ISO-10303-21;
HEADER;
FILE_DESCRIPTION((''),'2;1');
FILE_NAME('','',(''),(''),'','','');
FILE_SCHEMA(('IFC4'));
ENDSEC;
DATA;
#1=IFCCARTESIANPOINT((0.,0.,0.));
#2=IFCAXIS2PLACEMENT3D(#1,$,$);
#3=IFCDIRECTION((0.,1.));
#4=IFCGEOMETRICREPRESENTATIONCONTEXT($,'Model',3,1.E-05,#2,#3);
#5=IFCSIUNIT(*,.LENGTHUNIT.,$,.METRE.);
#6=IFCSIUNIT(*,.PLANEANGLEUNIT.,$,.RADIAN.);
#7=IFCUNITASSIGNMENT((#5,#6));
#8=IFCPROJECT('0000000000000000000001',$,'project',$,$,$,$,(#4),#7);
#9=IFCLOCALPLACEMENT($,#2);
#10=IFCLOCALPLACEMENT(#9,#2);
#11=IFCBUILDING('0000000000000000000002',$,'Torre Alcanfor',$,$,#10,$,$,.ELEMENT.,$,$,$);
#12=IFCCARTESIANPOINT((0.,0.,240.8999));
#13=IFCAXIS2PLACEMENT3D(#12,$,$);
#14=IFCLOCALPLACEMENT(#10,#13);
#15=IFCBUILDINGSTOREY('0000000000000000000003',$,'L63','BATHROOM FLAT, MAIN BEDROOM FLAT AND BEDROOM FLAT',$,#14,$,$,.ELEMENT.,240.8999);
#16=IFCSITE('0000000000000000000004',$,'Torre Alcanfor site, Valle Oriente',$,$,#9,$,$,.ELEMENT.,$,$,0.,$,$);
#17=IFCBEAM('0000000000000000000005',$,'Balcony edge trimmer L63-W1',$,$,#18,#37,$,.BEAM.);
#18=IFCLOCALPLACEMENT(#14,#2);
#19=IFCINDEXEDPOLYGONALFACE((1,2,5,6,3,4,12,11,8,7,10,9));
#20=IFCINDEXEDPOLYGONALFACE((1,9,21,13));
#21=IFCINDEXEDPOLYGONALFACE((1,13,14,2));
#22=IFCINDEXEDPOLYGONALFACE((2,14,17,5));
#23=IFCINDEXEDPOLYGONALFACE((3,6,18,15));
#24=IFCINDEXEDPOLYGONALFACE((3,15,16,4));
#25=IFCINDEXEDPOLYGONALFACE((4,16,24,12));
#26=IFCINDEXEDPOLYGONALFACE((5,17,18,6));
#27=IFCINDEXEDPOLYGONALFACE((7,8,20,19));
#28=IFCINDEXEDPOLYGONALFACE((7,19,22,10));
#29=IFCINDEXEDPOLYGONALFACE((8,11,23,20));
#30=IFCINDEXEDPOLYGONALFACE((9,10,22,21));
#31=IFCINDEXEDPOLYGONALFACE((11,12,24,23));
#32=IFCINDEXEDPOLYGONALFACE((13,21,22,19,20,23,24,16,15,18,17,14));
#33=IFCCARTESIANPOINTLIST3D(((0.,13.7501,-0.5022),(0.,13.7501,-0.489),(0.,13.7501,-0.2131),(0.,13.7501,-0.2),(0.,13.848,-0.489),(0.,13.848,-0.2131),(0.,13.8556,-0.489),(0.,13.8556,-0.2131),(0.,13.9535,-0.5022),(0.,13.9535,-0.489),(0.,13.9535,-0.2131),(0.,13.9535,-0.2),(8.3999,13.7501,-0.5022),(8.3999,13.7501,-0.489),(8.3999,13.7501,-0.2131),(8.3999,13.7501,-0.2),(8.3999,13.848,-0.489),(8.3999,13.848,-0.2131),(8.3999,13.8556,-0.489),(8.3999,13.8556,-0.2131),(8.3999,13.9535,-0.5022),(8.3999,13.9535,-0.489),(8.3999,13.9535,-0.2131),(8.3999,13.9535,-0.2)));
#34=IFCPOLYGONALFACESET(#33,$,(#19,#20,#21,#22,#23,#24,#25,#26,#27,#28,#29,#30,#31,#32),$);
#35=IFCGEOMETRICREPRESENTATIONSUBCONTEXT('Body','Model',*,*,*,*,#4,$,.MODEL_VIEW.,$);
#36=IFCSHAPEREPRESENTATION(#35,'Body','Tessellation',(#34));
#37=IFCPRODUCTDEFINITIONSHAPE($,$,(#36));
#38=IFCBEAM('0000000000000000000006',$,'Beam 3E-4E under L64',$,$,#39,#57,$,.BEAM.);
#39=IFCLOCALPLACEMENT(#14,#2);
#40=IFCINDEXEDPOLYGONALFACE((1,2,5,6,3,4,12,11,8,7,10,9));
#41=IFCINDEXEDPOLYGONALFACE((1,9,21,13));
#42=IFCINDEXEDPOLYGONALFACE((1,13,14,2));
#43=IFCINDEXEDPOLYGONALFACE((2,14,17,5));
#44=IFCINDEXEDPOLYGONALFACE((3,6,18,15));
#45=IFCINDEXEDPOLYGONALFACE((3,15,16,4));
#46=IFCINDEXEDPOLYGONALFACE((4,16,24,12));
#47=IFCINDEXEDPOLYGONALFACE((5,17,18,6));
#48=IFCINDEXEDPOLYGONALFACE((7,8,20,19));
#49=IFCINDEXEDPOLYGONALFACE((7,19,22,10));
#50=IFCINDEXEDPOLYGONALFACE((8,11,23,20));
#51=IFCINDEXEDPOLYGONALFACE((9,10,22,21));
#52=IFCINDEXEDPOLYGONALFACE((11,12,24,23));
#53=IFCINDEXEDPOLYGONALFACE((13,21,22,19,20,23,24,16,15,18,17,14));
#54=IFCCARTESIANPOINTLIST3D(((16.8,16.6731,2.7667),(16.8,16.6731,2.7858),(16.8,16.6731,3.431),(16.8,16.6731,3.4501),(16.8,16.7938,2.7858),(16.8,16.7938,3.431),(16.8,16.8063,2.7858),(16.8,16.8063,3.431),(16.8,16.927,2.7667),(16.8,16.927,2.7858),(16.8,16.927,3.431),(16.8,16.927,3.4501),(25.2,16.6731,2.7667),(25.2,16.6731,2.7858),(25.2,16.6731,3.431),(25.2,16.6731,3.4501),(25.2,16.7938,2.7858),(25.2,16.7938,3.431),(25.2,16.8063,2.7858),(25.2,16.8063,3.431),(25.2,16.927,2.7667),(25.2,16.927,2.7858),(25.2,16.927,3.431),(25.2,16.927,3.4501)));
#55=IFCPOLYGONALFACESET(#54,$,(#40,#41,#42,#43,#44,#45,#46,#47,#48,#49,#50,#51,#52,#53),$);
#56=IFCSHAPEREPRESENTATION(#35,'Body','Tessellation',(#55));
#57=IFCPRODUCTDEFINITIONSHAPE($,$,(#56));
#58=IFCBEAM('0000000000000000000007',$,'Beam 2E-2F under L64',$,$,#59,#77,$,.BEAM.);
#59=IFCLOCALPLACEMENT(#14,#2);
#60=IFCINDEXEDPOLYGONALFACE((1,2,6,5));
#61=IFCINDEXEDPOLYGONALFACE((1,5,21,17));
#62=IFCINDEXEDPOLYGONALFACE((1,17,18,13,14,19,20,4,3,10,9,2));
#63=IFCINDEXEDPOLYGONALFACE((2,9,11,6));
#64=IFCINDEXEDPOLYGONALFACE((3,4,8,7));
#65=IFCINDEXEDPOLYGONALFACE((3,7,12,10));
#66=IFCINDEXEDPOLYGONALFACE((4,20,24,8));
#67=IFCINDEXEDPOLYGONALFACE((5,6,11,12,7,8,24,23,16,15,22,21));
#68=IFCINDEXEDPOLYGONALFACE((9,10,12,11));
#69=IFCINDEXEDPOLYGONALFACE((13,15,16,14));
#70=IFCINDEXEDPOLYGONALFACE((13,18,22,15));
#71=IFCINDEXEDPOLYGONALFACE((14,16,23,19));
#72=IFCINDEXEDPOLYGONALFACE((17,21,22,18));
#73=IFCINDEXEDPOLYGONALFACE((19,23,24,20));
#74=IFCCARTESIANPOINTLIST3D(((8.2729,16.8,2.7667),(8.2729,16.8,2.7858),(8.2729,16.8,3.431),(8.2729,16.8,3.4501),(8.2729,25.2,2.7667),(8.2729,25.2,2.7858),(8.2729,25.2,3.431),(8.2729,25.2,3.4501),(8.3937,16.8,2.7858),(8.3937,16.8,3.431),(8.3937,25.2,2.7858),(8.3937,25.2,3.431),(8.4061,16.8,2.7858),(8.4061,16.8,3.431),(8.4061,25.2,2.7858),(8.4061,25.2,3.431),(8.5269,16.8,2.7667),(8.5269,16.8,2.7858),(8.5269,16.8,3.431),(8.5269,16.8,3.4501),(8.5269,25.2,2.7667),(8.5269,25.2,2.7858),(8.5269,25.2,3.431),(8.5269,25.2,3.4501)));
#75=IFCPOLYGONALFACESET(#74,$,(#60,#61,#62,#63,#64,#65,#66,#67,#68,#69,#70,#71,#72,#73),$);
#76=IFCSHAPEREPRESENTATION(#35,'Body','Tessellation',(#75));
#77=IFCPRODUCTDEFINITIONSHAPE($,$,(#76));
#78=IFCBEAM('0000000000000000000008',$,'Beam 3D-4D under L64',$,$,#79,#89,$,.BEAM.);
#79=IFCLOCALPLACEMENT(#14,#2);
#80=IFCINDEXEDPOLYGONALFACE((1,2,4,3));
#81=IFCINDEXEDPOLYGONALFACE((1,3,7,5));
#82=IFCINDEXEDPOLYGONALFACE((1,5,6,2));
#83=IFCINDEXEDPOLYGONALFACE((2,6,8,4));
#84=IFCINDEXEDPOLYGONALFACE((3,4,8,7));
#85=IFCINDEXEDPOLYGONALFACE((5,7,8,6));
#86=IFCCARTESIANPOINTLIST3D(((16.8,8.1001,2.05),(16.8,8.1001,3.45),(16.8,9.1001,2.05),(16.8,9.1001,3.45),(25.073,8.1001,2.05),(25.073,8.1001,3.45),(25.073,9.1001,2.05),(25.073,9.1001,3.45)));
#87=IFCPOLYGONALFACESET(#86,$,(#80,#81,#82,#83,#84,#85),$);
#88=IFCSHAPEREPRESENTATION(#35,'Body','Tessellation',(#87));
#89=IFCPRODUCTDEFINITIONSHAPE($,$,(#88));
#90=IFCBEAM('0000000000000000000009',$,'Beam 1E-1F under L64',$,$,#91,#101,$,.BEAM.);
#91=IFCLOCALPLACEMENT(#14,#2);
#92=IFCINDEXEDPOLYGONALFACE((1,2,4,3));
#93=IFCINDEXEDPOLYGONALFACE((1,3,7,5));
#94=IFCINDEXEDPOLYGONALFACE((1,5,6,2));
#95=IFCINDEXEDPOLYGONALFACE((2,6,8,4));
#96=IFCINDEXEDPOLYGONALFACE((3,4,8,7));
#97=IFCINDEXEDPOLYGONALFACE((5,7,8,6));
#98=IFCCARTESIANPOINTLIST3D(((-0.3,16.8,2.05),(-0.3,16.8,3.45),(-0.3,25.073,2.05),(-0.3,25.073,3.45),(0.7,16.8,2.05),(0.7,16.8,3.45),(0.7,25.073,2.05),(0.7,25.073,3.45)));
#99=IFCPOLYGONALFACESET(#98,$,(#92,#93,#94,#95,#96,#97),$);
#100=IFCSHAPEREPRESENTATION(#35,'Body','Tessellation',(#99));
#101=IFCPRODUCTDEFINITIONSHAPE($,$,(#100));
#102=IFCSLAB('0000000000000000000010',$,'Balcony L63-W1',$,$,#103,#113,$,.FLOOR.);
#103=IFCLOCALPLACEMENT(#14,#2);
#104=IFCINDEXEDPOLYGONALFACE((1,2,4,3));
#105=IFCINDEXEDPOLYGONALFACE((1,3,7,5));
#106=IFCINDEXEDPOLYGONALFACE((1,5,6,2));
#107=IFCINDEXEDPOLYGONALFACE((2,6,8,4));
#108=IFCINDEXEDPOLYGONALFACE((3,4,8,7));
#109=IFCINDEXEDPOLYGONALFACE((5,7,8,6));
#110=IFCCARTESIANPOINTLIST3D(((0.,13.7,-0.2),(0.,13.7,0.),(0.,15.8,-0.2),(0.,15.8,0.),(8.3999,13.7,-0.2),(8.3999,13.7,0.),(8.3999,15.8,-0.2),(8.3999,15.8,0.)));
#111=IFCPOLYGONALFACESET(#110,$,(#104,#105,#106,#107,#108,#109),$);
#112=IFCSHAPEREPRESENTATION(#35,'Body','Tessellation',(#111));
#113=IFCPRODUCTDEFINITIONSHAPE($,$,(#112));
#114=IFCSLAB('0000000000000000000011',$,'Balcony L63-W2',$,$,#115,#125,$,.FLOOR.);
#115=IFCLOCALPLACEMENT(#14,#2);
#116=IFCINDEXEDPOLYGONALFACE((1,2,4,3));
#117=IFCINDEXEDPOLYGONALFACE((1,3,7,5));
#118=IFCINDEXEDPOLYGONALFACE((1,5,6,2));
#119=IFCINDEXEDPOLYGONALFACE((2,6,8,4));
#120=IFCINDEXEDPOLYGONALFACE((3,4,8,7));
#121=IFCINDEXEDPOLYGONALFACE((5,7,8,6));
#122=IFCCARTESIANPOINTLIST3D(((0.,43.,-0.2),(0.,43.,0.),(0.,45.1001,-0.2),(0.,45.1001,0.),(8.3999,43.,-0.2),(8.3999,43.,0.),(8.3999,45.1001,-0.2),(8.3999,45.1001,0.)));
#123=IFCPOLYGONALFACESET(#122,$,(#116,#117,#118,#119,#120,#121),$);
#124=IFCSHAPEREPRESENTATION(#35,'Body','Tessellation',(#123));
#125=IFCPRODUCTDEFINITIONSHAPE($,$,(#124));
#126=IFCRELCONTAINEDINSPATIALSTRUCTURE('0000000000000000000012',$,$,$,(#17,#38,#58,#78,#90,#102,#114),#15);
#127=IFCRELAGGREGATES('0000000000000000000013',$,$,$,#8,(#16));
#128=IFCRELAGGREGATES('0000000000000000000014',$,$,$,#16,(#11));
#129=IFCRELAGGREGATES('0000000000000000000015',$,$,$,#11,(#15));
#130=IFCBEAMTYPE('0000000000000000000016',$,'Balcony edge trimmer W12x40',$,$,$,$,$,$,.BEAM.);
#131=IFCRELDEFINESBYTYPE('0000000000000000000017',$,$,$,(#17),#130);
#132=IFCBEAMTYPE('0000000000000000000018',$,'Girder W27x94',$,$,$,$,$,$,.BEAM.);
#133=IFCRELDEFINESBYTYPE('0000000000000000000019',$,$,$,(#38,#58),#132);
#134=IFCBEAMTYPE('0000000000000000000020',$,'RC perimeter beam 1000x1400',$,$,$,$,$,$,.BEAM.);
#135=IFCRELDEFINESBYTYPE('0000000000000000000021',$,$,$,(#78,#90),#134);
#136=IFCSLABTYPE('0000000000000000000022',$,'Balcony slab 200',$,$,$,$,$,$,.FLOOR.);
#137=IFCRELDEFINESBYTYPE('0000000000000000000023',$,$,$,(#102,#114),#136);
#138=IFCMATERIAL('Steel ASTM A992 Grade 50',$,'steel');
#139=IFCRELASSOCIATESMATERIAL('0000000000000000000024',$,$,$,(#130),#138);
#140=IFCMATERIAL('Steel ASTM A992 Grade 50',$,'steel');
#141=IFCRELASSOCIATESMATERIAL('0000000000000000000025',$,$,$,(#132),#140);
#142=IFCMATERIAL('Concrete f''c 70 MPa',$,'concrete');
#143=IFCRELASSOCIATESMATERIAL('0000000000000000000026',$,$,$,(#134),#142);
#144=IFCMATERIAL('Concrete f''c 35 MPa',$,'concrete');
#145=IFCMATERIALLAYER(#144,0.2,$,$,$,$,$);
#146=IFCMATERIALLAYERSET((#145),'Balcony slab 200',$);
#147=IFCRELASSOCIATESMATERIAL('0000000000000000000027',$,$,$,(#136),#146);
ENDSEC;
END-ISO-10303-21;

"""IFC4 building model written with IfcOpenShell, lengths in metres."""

from ifc_helpers import new_model, si_unit, direction, frame, origin, origin_2d, place, context, subcontext, project, spatial, polyline, rectangle, i_section, outline, extrude, material, layer, layer_set, material_profile, profile_set, type_object, element, save


model = new_model("IFC4")

# Units and contexts
model_context = context("Model", 3, precision=1e-05, world=origin(), true_north=direction((0.0, 1.0)))
body_context = subcontext(model_context, "Body", "Model", "MODEL_VIEW")
ifc_project = project(units=[si_unit("LENGTHUNIT", "METRE"), si_unit("PLANEANGLEUNIT", "RADIAN")], contexts=[model_context])

# Site, building, storey
site_placement = place(None, origin())
site = spatial("IfcSite", under=ifc_project, at=site_placement, Name="Torre Alcanfor site, Valle Oriente", CompositionType="ELEMENT", RefElevation=0.0)
building_placement = place(site_placement, origin())
building = spatial("IfcBuilding", under=site, at=building_placement, Name="Torre Alcanfor", CompositionType="ELEMENT")
storey_placement = place(building_placement, frame((0.0, 0.0, 240.8999)))
storey = spatial("IfcBuildingStorey", under=building, at=storey_placement, Name="L63", Description="BATHROOM FLAT, MAIN BEDROOM FLAT AND BEDROOM FLAT", CompositionType="ELEMENT", Elevation=240.8999)

# Beams
ifc_material_1 = material(Name="Steel ASTM A992 Grade 50", Category="steel")
ifc_material_profile_1 = material_profile(ifc_material_1, i_section(OverallWidth=0.2034, OverallDepth=0.3022, WebThickness=0.0076, FlangeThickness=0.0132, at=origin_2d()), Name="W12x40")
ifc_profile_set_1 = profile_set([ifc_material_profile_1], Name="Steel ASTM A992 Grade 50")
beam_type_1 = type_object("IfcBeamType", Name="Balcony edge trimmer W12x40", PredefinedType="BEAM", material=ifc_profile_set_1)
beam_placement = place(storey_placement, frame((8.3999, 13.8518, -0.3511), z_axis=(-1.0, 0.0, 0.0), x_axis=(0.0, -1.0, 0.0)))
element("IfcBeam", 1, at=beam_placement, inside=storey, type_object=beam_type_1, Name="Balcony edge trimmer L63-W1", PredefinedType="BEAM", context=body_context, shape_type="SweptSolid", body=[
    extrude(i_section(OverallWidth=0.2034, OverallDepth=0.3022, WebThickness=0.0076, FlangeThickness=0.0132, at=origin_2d()), origin(), (0.0, 0.0, 1.0), 8.3999),
])
ifc_material_2 = material(Name="Steel ASTM A992 Grade 50", Category="steel")
ifc_material_profile_2 = material_profile(ifc_material_2, i_section(OverallWidth=0.2539, OverallDepth=0.6833, WebThickness=0.0125, FlangeThickness=0.019, at=origin_2d()), Name="W27x94")
ifc_profile_set_2 = profile_set([ifc_material_profile_2], Name="Steel ASTM A992 Grade 50")
beam_type_2 = type_object("IfcBeamType", Name="Girder W27x94", PredefinedType="BEAM", material=ifc_profile_set_2)
for number, where, z_axis, x_axis, name in (
    (2, (16.8, 16.8, 3.1084), (1.0, 0.0, 0.0), (0.0, 1.0, 0.0), "Beam 3E-4E under L64"),
    (3, (8.3999, 16.8, 3.1084), (0.0, 1.0, 0.0), (-1.0, 0.0, 0.0), "Beam 2E-2F under L64"),
):
    element("IfcBeam", number, at=place(storey_placement, frame(where, z_axis=z_axis, x_axis=x_axis)), inside=storey, type_object=beam_type_2, Name=name, PredefinedType="BEAM", context=body_context, shape_type="SweptSolid", body=[
        extrude(i_section(OverallWidth=0.2539, OverallDepth=0.6833, WebThickness=0.0125, FlangeThickness=0.019, at=origin_2d()), origin(), (0.0, 0.0, 1.0), 8.3999),
    ])
ifc_material_3 = material(Name="Concrete f'c 70 MPa", Category="concrete")
ifc_material_profile_3 = material_profile(ifc_material_3, rectangle(XDim=1.0, YDim=1.3999, at=origin_2d()), Name="1000x1400")
ifc_profile_set_3 = profile_set([ifc_material_profile_3], Name="Concrete f'c 70 MPa")
beam_type_3 = type_object("IfcBeamType", Name="RC perimeter beam 1000x1400", PredefinedType="BEAM", material=ifc_profile_set_3)
for number, where, z_axis, x_axis, name in (
    (4, (16.8, 8.6001, 2.75), (1.0, 0.0, 0.0), (0.0, 1.0, 0.0), "Beam 3D-4D under L64"),
    (5, (0.2, 16.8, 2.75), (0.0, 1.0, 0.0), (-1.0, 0.0, 0.0), "Beam 1E-1F under L64"),
):
    element("IfcBeam", number, at=place(storey_placement, frame(where, z_axis=z_axis, x_axis=x_axis)), inside=storey, type_object=beam_type_3, Name=name, PredefinedType="BEAM", context=body_context, shape_type="SweptSolid", body=[
        extrude(rectangle(XDim=1.0, YDim=1.3999, at=origin_2d()), origin(), (0.0, 0.0, 1.0), 8.2729),
    ])

# Slabs
ifc_material_4 = material(Name="Concrete f'c 35 MPa", Category="concrete")
ifc_layer_1 = layer(ifc_material_4, 0.2)
ifc_layer_set_1 = layer_set([ifc_layer_1], Name="Balcony slab 200")
slab_type_1 = type_object("IfcSlabType", Name="Balcony slab 200", PredefinedType="FLOOR", material=ifc_layer_set_1)
slab_1_placement = place(storey_placement, frame((0.0, 0.0, -0.2)))
element("IfcSlab", 6, at=slab_1_placement, inside=storey, type_object=slab_type_1, Name="Balcony L63-W1", PredefinedType="FLOOR", context=body_context, shape_type="SweptSolid", body=[
    extrude(outline(polyline([(8.3999, 15.8), (0.0, 15.8), (0.0, 13.7), (8.3999, 13.7), (8.3999, 15.8)])), origin(), (0.0, 0.0, 1.0), 0.2),
])
slab_2_placement = place(storey_placement, frame((0.0, 0.0, -0.2)))
element("IfcSlab", 7, at=slab_2_placement, inside=storey, type_object=slab_type_1, Name="Balcony L63-W2", PredefinedType="FLOOR", context=body_context, shape_type="SweptSolid", body=[
    extrude(outline(polyline([(8.3999, 45.1001), (0.0, 45.1001), (0.0, 43.0), (8.3999, 43.0), (8.3999, 45.1001)])), origin(), (0.0, 0.0, 1.0), 0.2),
])

save(model, "model.ifc")
